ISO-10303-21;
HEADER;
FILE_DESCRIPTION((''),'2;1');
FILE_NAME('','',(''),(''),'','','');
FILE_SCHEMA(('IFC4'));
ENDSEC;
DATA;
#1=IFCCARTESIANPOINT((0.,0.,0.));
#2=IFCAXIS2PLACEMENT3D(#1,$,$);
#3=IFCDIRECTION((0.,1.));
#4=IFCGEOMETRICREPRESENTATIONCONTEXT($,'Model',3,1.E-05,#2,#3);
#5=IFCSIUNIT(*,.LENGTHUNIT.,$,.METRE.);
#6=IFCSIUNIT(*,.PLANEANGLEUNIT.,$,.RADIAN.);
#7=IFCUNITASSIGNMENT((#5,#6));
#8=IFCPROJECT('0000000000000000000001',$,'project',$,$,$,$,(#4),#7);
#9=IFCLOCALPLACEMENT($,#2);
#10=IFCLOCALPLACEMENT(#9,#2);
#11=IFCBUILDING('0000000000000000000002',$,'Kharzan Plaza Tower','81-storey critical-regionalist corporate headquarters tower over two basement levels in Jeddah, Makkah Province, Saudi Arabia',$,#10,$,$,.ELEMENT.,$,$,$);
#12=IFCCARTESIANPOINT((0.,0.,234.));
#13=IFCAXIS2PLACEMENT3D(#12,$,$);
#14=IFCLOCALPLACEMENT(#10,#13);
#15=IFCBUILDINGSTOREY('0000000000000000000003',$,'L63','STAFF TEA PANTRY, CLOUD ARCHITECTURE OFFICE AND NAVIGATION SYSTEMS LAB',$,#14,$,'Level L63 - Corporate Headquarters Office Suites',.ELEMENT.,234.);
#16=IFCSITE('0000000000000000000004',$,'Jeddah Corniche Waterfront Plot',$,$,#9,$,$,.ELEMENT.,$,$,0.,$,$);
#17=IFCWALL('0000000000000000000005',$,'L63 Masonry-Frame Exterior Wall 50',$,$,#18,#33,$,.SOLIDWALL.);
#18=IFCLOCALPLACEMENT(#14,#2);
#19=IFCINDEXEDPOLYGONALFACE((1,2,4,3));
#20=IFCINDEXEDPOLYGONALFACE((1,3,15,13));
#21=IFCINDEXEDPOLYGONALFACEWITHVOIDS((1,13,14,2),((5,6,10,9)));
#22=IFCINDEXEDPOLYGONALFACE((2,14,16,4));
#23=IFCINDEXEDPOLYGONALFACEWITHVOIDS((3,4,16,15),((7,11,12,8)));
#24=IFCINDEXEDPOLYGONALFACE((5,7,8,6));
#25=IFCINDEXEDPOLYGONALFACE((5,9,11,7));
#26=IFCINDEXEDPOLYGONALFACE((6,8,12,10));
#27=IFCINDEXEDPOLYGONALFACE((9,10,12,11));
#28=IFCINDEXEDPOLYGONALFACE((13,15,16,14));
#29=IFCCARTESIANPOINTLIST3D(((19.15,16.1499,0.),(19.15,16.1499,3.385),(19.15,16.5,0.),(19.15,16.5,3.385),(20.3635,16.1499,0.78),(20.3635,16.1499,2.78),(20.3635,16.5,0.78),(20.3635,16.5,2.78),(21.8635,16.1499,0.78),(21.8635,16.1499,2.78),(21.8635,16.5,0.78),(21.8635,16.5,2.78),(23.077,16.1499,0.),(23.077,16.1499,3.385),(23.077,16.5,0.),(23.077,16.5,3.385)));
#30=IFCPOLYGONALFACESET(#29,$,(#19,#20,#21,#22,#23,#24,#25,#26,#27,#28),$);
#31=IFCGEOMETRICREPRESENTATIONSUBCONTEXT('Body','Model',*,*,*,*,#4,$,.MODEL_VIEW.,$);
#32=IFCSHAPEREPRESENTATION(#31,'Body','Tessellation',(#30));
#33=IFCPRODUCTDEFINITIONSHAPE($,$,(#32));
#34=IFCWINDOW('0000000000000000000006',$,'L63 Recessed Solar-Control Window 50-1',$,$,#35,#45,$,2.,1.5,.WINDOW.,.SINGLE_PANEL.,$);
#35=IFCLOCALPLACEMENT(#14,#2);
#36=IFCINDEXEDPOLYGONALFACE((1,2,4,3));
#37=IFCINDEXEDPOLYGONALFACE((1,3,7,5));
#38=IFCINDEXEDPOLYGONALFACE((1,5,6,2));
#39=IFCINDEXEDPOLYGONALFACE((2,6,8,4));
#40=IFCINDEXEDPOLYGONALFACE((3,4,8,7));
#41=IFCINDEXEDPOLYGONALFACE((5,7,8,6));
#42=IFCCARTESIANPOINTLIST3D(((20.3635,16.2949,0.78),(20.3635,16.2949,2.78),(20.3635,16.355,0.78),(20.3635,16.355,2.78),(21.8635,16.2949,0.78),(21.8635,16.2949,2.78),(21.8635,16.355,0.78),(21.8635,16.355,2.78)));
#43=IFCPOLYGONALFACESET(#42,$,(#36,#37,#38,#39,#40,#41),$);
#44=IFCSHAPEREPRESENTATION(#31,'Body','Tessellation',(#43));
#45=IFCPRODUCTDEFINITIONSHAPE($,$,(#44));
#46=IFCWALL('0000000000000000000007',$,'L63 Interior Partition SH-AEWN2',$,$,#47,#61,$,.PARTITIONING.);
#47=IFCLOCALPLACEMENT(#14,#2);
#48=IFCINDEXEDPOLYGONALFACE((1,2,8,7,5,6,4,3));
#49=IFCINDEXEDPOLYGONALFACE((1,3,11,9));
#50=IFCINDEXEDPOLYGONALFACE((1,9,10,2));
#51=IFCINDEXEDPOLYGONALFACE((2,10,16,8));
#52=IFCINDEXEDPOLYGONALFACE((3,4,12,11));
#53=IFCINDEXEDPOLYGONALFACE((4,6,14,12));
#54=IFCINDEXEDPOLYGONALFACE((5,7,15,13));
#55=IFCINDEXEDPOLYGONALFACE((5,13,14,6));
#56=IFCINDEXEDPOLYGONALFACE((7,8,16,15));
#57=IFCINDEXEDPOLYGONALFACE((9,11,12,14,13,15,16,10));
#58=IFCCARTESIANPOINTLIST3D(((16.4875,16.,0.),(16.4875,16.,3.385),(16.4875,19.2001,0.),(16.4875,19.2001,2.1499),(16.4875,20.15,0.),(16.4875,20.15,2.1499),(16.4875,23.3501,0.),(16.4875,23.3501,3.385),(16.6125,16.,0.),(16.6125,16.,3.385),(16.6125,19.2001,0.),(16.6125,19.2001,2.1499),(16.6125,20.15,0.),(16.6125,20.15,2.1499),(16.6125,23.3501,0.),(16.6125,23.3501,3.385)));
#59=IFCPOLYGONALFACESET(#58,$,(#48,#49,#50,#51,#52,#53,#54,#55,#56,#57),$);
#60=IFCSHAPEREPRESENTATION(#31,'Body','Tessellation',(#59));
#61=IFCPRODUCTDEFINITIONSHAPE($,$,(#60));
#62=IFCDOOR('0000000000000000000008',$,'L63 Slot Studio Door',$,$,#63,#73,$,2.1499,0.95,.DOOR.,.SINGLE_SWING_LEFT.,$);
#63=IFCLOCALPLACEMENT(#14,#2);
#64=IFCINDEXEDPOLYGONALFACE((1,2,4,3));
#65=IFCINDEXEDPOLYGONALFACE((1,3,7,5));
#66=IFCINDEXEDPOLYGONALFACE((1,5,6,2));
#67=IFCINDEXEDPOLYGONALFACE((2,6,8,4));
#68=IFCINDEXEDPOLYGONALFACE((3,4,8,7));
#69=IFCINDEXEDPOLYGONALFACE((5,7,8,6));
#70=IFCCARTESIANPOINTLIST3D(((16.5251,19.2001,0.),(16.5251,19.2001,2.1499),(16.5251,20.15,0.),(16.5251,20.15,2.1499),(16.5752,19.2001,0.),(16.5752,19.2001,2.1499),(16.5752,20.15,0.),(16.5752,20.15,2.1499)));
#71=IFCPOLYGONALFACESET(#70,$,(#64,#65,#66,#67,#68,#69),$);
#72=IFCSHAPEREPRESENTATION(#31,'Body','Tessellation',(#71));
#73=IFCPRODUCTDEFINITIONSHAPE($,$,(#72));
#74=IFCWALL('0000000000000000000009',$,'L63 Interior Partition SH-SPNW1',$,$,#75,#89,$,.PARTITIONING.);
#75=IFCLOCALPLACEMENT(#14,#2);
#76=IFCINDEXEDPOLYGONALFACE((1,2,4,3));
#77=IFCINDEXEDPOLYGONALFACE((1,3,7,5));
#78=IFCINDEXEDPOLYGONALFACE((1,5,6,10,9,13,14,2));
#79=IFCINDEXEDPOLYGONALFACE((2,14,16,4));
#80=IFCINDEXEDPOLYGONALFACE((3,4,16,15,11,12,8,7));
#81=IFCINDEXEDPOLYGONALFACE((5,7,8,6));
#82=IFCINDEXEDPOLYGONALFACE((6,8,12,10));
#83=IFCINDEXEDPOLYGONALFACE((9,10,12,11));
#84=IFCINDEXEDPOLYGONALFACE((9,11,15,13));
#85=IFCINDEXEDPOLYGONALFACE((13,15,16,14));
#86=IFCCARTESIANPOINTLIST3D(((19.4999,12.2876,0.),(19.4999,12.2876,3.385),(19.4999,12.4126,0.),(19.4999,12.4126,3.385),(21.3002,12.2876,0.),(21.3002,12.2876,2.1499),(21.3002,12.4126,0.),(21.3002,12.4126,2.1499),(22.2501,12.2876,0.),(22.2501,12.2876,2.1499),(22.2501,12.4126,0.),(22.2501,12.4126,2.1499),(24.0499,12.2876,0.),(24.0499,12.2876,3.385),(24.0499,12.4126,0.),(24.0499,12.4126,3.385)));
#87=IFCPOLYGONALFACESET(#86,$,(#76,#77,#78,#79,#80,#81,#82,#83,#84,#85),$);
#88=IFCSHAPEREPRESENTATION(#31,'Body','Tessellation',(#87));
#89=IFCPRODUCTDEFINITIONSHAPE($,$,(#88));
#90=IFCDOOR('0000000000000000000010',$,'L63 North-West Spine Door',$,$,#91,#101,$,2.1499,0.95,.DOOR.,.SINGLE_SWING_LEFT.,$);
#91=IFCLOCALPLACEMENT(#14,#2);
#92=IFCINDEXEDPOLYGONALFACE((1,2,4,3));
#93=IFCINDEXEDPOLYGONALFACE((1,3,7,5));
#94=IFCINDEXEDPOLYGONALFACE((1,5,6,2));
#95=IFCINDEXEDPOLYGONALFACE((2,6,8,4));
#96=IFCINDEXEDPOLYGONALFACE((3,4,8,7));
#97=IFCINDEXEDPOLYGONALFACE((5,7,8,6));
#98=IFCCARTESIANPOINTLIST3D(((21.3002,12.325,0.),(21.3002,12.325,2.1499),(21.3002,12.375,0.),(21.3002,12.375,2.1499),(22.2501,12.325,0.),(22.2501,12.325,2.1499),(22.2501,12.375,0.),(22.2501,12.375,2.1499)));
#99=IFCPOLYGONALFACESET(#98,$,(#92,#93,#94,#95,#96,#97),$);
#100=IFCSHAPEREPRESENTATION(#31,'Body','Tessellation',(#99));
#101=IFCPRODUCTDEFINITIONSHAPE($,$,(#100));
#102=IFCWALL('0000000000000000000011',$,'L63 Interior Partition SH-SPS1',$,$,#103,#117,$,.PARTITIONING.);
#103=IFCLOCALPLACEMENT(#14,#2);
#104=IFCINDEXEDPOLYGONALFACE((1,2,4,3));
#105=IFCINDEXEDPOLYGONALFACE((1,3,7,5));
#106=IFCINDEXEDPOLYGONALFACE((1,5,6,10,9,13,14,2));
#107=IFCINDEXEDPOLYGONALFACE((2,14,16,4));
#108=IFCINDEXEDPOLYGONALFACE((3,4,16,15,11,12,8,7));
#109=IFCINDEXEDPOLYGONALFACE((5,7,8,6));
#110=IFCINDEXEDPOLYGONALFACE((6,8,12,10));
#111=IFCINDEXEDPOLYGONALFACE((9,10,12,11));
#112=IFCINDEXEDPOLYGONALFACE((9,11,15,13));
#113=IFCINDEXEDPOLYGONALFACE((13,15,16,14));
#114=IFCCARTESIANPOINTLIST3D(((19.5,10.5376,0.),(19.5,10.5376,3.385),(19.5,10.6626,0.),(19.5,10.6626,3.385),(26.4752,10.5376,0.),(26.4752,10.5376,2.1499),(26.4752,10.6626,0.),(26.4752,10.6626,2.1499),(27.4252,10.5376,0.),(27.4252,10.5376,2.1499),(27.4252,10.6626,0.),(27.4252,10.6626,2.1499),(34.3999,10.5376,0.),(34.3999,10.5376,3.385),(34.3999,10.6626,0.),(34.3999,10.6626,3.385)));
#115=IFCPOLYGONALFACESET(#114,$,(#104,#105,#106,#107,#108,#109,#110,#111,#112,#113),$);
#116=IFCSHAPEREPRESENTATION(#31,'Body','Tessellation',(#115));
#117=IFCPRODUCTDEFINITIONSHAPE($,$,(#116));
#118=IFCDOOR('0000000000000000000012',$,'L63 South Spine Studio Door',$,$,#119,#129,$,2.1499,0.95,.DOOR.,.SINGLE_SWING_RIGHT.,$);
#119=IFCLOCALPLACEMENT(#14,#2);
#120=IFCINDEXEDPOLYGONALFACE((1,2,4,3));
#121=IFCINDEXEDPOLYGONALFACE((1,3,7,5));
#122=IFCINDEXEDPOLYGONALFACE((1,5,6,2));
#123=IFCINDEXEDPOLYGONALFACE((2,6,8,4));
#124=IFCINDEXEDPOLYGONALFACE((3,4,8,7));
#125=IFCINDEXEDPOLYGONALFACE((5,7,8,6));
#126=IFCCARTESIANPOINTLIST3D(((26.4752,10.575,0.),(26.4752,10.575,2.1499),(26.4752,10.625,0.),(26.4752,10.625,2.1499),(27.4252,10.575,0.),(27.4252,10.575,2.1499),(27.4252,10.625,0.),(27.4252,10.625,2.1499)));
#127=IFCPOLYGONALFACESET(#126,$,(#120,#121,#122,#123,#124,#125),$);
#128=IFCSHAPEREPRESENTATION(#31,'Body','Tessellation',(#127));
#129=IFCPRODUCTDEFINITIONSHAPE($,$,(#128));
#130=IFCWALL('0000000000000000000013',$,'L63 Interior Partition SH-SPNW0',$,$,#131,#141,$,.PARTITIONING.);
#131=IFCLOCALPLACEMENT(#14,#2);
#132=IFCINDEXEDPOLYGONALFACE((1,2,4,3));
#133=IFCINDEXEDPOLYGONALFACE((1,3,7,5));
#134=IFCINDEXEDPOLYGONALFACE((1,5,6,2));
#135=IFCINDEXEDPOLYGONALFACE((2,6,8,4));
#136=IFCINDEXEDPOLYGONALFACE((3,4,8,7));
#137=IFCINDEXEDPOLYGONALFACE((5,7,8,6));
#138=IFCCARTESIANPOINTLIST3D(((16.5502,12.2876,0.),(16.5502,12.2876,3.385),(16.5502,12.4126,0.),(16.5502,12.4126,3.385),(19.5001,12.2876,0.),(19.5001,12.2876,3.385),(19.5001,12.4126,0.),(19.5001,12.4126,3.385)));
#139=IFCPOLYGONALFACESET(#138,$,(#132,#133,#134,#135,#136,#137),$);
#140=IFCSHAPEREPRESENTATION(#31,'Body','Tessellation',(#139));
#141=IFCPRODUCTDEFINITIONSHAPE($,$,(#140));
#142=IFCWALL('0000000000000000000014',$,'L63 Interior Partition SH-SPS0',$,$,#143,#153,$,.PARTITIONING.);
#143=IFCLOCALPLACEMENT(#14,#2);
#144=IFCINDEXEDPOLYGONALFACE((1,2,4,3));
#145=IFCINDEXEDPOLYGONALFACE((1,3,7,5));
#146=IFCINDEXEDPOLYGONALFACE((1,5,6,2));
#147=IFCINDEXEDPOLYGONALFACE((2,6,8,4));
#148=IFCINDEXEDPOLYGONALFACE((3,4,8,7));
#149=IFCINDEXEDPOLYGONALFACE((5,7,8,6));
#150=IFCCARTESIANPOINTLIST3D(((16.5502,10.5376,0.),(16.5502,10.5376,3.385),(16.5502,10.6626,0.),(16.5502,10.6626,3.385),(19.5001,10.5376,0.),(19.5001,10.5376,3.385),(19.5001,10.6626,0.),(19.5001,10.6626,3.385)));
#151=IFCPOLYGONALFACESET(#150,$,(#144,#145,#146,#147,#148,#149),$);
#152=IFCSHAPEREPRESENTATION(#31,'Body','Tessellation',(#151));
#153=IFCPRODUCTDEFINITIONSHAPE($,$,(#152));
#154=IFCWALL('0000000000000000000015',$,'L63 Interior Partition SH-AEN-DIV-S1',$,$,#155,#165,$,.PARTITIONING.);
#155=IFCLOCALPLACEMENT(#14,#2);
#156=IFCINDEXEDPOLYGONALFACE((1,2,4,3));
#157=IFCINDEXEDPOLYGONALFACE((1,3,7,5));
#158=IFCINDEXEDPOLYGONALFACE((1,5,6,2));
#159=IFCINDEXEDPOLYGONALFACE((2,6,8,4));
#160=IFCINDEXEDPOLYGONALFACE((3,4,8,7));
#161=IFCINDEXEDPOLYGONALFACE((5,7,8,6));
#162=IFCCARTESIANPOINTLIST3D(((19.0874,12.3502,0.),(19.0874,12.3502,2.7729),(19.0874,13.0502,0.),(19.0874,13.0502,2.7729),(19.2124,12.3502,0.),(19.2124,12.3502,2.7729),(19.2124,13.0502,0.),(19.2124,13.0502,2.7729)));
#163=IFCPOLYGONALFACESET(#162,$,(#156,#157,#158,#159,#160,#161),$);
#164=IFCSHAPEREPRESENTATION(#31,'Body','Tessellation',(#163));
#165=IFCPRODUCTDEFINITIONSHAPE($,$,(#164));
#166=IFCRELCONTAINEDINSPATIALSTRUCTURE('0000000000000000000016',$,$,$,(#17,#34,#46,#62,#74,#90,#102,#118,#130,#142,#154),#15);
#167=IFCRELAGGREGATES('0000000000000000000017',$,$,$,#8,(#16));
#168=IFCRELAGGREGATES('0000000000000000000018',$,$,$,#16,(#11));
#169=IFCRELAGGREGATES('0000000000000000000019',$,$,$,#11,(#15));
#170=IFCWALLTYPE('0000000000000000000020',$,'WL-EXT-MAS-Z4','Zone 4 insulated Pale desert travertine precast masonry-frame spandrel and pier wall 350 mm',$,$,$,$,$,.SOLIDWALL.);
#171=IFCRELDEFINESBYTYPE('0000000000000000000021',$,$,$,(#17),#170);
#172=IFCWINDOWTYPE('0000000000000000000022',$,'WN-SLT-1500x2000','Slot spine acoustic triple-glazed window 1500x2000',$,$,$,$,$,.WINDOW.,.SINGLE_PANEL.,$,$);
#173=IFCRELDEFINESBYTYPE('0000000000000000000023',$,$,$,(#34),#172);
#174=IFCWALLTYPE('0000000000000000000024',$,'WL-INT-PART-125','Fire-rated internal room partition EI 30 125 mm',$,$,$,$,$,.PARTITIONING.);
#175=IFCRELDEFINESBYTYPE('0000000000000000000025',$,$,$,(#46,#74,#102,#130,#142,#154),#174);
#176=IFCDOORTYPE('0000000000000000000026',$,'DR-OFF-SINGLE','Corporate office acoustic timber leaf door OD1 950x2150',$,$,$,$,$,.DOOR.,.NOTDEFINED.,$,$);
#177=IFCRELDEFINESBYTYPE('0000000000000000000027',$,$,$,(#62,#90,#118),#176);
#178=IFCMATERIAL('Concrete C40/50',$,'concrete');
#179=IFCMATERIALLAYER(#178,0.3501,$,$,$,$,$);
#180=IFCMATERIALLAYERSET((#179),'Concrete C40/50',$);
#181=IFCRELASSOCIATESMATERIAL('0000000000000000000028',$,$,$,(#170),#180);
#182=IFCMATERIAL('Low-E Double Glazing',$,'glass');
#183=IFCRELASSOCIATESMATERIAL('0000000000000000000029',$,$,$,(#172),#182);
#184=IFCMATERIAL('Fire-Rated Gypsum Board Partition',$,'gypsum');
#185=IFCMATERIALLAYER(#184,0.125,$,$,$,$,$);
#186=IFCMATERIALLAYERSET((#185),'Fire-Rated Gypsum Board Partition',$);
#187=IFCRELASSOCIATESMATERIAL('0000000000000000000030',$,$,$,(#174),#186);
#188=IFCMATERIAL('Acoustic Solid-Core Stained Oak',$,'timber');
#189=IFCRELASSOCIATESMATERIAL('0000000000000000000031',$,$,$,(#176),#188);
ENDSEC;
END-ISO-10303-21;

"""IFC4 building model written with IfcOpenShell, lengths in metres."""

from ifc_helpers import new_model, si_unit, direction, frame, frame_2d, origin, place, context, subcontext, project, spatial, rectangle, extrude, source, transform, mapped, material, layer, layer_set, type_object, element, fill, save


model = new_model("IFC4")

# Units and contexts
model_context = context("Model", 3, precision=1e-05, world=origin(), true_north=direction((0.0, 1.0)))
body_context = subcontext(model_context, "Body", "Model", "MODEL_VIEW")
ifc_project = project(units=[si_unit("LENGTHUNIT", "METRE"), si_unit("PLANEANGLEUNIT", "RADIAN")], contexts=[model_context])

# Site, building, storey
site_placement = place(None, origin())
site = spatial("IfcSite", under=ifc_project, at=site_placement, Name="Jeddah Corniche Waterfront Plot", CompositionType="ELEMENT", RefElevation=0.0)
building_placement = place(site_placement, origin())
building = spatial("IfcBuilding", under=site, at=building_placement, Name="Kharzan Plaza Tower", Description="81-storey critical-regionalist corporate headquarters tower over two basement levels in Jeddah, Makkah Province, Saudi Arabia", CompositionType="ELEMENT")
storey_placement = place(building_placement, frame((0.0, 0.0, 234.0)))
storey = spatial("IfcBuildingStorey", under=building, at=storey_placement, Name="L63", Description="STAFF TEA PANTRY, CLOUD ARCHITECTURE OFFICE AND NAVIGATION SYSTEMS LAB", LongName="Level L63 - Corporate Headquarters Office Suites", CompositionType="ELEMENT", Elevation=234.0)

# Wall, opening, window
ifc_material_1 = material(Name="Concrete C40/50", Category="concrete")
ifc_layer_1 = layer(ifc_material_1, 0.3501)
ifc_layer_set_1 = layer_set([ifc_layer_1], Name="Concrete C40/50")
wall_type_1 = type_object("IfcWallType", Name="WL-EXT-MAS-Z4", Description="Zone 4 insulated Pale desert travertine precast masonry-frame spandrel and pier wall 350 mm", PredefinedType="SOLIDWALL", material=ifc_layer_set_1)
ifc_material_2 = material(Name="Low-E Double Glazing", Category="glass")
wall_1_placement = place(storey_placement, frame((23.0769, 16.325, 0.0), z_axis=(0.0, 0.0, 1.0), x_axis=(-1.0, 0.0, 0.0)))
wall_1 = element("IfcWall", 1, at=wall_1_placement, inside=storey, type_object=wall_type_1, Name="L63 Masonry-Frame Exterior Wall 50", PredefinedType="SOLIDWALL", context=body_context, shape_type="SweptSolid", body=[
    extrude(rectangle(XDim=3.927, YDim=0.3501, at=frame_2d((1.9634, 0.0))), origin(), (0.0, 0.0, 1.0), 3.385),
])
opening_1_placement = place(wall_1_placement, frame((1.2134, 0.0, 0.78)))
opening_1 = element("IfcOpeningElement", 2, at=opening_1_placement, cuts=wall_1, PredefinedType="OPENING", context=body_context, shape_type="SweptSolid", body=[
    extrude(rectangle(XDim=1.5, YDim=2.0, at=frame_2d((0.75, 1.0))), frame((0.0, 0.1851, 0.0), z_axis=(0.0, -1.0, 0.0), x_axis=(1.0, 0.0, 0.0)), (0.0, 0.0, 1.0), 0.3701),
])
window_type_1 = type_object("IfcWindowType", Name="WN-SLT-1500x2000", Description="Slot spine acoustic triple-glazed window 1500x2000", PartitioningType="SINGLE_PANEL", PredefinedType="WINDOW", material=ifc_material_2)
shared_shape_1 = source(origin(), body_context, "Body", "SweptSolid", [
    extrude(rectangle(XDim=1.5, YDim=2.0, at=frame_2d((0.75, 1.0))), frame((0.0, 0.03, 0.0), z_axis=(0.0, -1.0, 0.0), x_axis=(1.0, 0.0, 0.0)), (0.0, 0.0, 1.0), 0.0601),
])
window_1_placement = place(opening_1_placement, origin())
window_1 = element("IfcWindow", 3, at=window_1_placement, inside=storey, type_object=window_type_1, Name="L63 Recessed Solar-Control Window 50-1", OverallHeight=2.0, OverallWidth=1.5, PartitioningType="SINGLE_PANEL", PredefinedType="WINDOW", context=body_context, shape_type="MappedRepresentation", body=[
    mapped(shared_shape_1, transform((0.0, 0.0, 0.0), x_axis=(1.0, 0.0, 0.0), y_axis=(0.0, 1.0, 0.0), z_axis=(0.0, 0.0, 1.0))),
])
fill(opening_1, window_1)

# Walls, openings, doors
ifc_material_3 = material(Name="Fire-Rated Gypsum Board Partition", Category="gypsum")
ifc_layer_2 = layer(ifc_material_3, 0.125)
ifc_layer_set_2 = layer_set([ifc_layer_2], Name="Fire-Rated Gypsum Board Partition")
wall_type_2 = type_object("IfcWallType", Name="WL-INT-PART-125", Description="Fire-rated internal room partition EI 30 125 mm", PredefinedType="PARTITIONING", material=ifc_layer_set_2)
ifc_material_4 = material(Name="Acoustic Solid-Core Stained Oak", Category="timber")
door_type = type_object("IfcDoorType", Name="DR-OFF-SINGLE", Description="Corporate office acoustic timber leaf door OD1 950x2150", OperationType="NOTDEFINED", PredefinedType="DOOR", material=ifc_material_4)
shared_shape_2 = source(origin(), body_context, "Body", "SweptSolid", [
    extrude(rectangle(XDim=0.95, YDim=2.1499, at=frame_2d((0.4751, 1.075))), frame((0.0, 0.0249, 0.0), z_axis=(0.0, -1.0, 0.0), x_axis=(1.0, 0.0, 0.0)), (0.0, 0.0, 1.0), 0.05),
])
wall_2_placement = place(storey_placement, frame((16.55, 16.0, 0.0), z_axis=(0.0, 0.0, 1.0), x_axis=(0.0, 1.0, 0.0)))
wall_2 = element("IfcWall", 4, at=wall_2_placement, inside=storey, type_object=wall_type_2, Name="L63 Interior Partition SH-AEWN2", PredefinedType="PARTITIONING", context=body_context, shape_type="SweptSolid", body=[
    extrude(rectangle(XDim=7.3501, YDim=0.125, at=frame_2d((3.675, 0.0))), origin(), (0.0, 0.0, 1.0), 3.385),
])
opening_2_placement = place(wall_2_placement, frame((3.2, 0.0, 0.0)))
opening_2 = element("IfcOpeningElement", 5, at=opening_2_placement, cuts=wall_2, PredefinedType="OPENING", context=body_context, shape_type="SweptSolid", body=[
    extrude(rectangle(XDim=0.95, YDim=2.1499, at=frame_2d((0.4751, 1.075))), frame((0.0, 0.0725, 0.0), z_axis=(0.0, -1.0, 0.0), x_axis=(1.0, 0.0, 0.0)), (0.0, 0.0, 1.0), 0.145),
])
door_1_placement = place(opening_2_placement, origin())
door_1 = element("IfcDoor", 6, at=door_1_placement, inside=storey, type_object=door_type, Name="L63 Slot Studio Door", OperationType="SINGLE_SWING_LEFT", OverallHeight=2.1499, OverallWidth=0.95, PredefinedType="DOOR", context=body_context, shape_type="MappedRepresentation", body=[
    mapped(shared_shape_2, transform((0.0, 0.0, 0.0), x_axis=(1.0, 0.0, 0.0), y_axis=(0.0, 1.0, 0.0), z_axis=(0.0, 0.0, 1.0))),
])
fill(opening_2, door_1)
wall_3_placement = place(storey_placement, frame((19.5, 12.3501, 0.0), z_axis=(0.0, 0.0, 1.0), x_axis=(1.0, 0.0, 0.0)))
wall_3 = element("IfcWall", 7, at=wall_3_placement, inside=storey, type_object=wall_type_2, Name="L63 Interior Partition SH-SPNW1", PredefinedType="PARTITIONING", context=body_context, shape_type="SweptSolid", body=[
    extrude(rectangle(XDim=4.55, YDim=0.125, at=frame_2d((2.2749, 0.0))), origin(), (0.0, 0.0, 1.0), 3.385),
])
opening_3_placement = place(wall_3_placement, frame((1.8, 0.0, 0.0)))
opening_3 = element("IfcOpeningElement", 8, at=opening_3_placement, cuts=wall_3, PredefinedType="OPENING", context=body_context, shape_type="SweptSolid", body=[
    extrude(rectangle(XDim=0.95, YDim=2.1499, at=frame_2d((0.4751, 1.075))), frame((0.0, 0.0725, 0.0), z_axis=(0.0, -1.0, 0.0), x_axis=(1.0, 0.0, 0.0)), (0.0, 0.0, 1.0), 0.145),
])
door_2_placement = place(opening_3_placement, origin())
door_2 = element("IfcDoor", 9, at=door_2_placement, inside=storey, type_object=door_type, Name="L63 North-West Spine Door", OperationType="SINGLE_SWING_LEFT", OverallHeight=2.1499, OverallWidth=0.95, PredefinedType="DOOR", context=body_context, shape_type="MappedRepresentation", body=[
    mapped(shared_shape_2, transform((0.0, 0.0, 0.0), x_axis=(1.0, 0.0, 0.0), y_axis=(0.0, 1.0, 0.0), z_axis=(0.0, 0.0, 1.0))),
])
fill(opening_3, door_2)
wall_4_placement = place(storey_placement, frame((19.5, 10.6001, 0.0), z_axis=(0.0, 0.0, 1.0), x_axis=(1.0, 0.0, 0.0)))
wall_4 = element("IfcWall", 10, at=wall_4_placement, inside=storey, type_object=wall_type_2, Name="L63 Interior Partition SH-SPS1", PredefinedType="PARTITIONING", context=body_context, shape_type="SweptSolid", body=[
    extrude(rectangle(XDim=14.8999, YDim=0.125, at=frame_2d((7.45, 0.0))), origin(), (0.0, 0.0, 1.0), 3.385),
])
opening_4_placement = place(wall_4_placement, frame((6.9751, 0.0, 0.0)))
opening_4 = element("IfcOpeningElement", 11, at=opening_4_placement, cuts=wall_4, PredefinedType="OPENING", context=body_context, shape_type="SweptSolid", body=[
    extrude(rectangle(XDim=0.95, YDim=2.1499, at=frame_2d((0.4751, 1.075))), frame((0.0, 0.0725, 0.0), z_axis=(0.0, -1.0, 0.0), x_axis=(1.0, 0.0, 0.0)), (0.0, 0.0, 1.0), 0.145),
])
door_3_placement = place(opening_4_placement, origin())
door_3 = element("IfcDoor", 12, at=door_3_placement, inside=storey, type_object=door_type, Name="L63 South Spine Studio Door", OperationType="SINGLE_SWING_RIGHT", OverallHeight=2.1499, OverallWidth=0.95, PredefinedType="DOOR", context=body_context, shape_type="MappedRepresentation", body=[
    mapped(shared_shape_2, transform((0.0, 0.0, 0.0), x_axis=(1.0, 0.0, 0.0), y_axis=(0.0, 1.0, 0.0), z_axis=(0.0, 0.0, 1.0))),
])
fill(opening_4, door_3)

# Walls
shared_shape_3 = source(origin(), body_context, "Body", "SweptSolid", [
    extrude(rectangle(XDim=2.95, YDim=0.125, at=frame_2d((1.4751, 0.0))), origin(), (0.0, 0.0, 1.0), 3.385),
])
for number, where, z_axis, x_axis, name in (
    (13, (16.55, 12.3501, 0.0), (0.0, 0.0, 1.0), (1.0, 0.0, 0.0), "L63 Interior Partition SH-SPNW0"),
    (14, (16.55, 10.6001, 0.0), (0.0, 0.0, 1.0), (1.0, 0.0, 0.0), "L63 Interior Partition SH-SPS0"),
):
    element("IfcWall", number, at=place(storey_placement, frame(where, z_axis=z_axis, x_axis=x_axis)), inside=storey, type_object=wall_type_2, Name=name, PredefinedType="PARTITIONING", context=body_context, shape_type="MappedRepresentation", body=[
        mapped(shared_shape_3, transform((0.0, 0.0, 0.0), x_axis=(1.0, 0.0, 0.0), y_axis=(0.0, 1.0, 0.0), z_axis=(0.0, 0.0, 1.0))),
    ])
shared_shape_4 = source(origin(), body_context, "Body", "SweptSolid", [
    extrude(rectangle(XDim=0.7, YDim=0.125, at=frame_2d((0.3501, 0.0))), origin(), (0.0, 0.0, 1.0), 2.7729),
])
wall_5_placement = place(storey_placement, frame((19.1499, 12.3501, 0.0), z_axis=(0.0, 0.0, 1.0), x_axis=(0.0, 1.0, 0.0)))
element("IfcWall", 15, at=wall_5_placement, inside=storey, type_object=wall_type_2, Name="L63 Interior Partition SH-AEN-DIV-S1", PredefinedType="PARTITIONING", context=body_context, shape_type="MappedRepresentation", body=[
    mapped(shared_shape_4, transform((0.0, 0.0, 0.0), x_axis=(1.0, 0.0, 0.0), y_axis=(0.0, 1.0, 0.0), z_axis=(0.0, 0.0, 1.0))),
])

save(model, "model.ifc")
